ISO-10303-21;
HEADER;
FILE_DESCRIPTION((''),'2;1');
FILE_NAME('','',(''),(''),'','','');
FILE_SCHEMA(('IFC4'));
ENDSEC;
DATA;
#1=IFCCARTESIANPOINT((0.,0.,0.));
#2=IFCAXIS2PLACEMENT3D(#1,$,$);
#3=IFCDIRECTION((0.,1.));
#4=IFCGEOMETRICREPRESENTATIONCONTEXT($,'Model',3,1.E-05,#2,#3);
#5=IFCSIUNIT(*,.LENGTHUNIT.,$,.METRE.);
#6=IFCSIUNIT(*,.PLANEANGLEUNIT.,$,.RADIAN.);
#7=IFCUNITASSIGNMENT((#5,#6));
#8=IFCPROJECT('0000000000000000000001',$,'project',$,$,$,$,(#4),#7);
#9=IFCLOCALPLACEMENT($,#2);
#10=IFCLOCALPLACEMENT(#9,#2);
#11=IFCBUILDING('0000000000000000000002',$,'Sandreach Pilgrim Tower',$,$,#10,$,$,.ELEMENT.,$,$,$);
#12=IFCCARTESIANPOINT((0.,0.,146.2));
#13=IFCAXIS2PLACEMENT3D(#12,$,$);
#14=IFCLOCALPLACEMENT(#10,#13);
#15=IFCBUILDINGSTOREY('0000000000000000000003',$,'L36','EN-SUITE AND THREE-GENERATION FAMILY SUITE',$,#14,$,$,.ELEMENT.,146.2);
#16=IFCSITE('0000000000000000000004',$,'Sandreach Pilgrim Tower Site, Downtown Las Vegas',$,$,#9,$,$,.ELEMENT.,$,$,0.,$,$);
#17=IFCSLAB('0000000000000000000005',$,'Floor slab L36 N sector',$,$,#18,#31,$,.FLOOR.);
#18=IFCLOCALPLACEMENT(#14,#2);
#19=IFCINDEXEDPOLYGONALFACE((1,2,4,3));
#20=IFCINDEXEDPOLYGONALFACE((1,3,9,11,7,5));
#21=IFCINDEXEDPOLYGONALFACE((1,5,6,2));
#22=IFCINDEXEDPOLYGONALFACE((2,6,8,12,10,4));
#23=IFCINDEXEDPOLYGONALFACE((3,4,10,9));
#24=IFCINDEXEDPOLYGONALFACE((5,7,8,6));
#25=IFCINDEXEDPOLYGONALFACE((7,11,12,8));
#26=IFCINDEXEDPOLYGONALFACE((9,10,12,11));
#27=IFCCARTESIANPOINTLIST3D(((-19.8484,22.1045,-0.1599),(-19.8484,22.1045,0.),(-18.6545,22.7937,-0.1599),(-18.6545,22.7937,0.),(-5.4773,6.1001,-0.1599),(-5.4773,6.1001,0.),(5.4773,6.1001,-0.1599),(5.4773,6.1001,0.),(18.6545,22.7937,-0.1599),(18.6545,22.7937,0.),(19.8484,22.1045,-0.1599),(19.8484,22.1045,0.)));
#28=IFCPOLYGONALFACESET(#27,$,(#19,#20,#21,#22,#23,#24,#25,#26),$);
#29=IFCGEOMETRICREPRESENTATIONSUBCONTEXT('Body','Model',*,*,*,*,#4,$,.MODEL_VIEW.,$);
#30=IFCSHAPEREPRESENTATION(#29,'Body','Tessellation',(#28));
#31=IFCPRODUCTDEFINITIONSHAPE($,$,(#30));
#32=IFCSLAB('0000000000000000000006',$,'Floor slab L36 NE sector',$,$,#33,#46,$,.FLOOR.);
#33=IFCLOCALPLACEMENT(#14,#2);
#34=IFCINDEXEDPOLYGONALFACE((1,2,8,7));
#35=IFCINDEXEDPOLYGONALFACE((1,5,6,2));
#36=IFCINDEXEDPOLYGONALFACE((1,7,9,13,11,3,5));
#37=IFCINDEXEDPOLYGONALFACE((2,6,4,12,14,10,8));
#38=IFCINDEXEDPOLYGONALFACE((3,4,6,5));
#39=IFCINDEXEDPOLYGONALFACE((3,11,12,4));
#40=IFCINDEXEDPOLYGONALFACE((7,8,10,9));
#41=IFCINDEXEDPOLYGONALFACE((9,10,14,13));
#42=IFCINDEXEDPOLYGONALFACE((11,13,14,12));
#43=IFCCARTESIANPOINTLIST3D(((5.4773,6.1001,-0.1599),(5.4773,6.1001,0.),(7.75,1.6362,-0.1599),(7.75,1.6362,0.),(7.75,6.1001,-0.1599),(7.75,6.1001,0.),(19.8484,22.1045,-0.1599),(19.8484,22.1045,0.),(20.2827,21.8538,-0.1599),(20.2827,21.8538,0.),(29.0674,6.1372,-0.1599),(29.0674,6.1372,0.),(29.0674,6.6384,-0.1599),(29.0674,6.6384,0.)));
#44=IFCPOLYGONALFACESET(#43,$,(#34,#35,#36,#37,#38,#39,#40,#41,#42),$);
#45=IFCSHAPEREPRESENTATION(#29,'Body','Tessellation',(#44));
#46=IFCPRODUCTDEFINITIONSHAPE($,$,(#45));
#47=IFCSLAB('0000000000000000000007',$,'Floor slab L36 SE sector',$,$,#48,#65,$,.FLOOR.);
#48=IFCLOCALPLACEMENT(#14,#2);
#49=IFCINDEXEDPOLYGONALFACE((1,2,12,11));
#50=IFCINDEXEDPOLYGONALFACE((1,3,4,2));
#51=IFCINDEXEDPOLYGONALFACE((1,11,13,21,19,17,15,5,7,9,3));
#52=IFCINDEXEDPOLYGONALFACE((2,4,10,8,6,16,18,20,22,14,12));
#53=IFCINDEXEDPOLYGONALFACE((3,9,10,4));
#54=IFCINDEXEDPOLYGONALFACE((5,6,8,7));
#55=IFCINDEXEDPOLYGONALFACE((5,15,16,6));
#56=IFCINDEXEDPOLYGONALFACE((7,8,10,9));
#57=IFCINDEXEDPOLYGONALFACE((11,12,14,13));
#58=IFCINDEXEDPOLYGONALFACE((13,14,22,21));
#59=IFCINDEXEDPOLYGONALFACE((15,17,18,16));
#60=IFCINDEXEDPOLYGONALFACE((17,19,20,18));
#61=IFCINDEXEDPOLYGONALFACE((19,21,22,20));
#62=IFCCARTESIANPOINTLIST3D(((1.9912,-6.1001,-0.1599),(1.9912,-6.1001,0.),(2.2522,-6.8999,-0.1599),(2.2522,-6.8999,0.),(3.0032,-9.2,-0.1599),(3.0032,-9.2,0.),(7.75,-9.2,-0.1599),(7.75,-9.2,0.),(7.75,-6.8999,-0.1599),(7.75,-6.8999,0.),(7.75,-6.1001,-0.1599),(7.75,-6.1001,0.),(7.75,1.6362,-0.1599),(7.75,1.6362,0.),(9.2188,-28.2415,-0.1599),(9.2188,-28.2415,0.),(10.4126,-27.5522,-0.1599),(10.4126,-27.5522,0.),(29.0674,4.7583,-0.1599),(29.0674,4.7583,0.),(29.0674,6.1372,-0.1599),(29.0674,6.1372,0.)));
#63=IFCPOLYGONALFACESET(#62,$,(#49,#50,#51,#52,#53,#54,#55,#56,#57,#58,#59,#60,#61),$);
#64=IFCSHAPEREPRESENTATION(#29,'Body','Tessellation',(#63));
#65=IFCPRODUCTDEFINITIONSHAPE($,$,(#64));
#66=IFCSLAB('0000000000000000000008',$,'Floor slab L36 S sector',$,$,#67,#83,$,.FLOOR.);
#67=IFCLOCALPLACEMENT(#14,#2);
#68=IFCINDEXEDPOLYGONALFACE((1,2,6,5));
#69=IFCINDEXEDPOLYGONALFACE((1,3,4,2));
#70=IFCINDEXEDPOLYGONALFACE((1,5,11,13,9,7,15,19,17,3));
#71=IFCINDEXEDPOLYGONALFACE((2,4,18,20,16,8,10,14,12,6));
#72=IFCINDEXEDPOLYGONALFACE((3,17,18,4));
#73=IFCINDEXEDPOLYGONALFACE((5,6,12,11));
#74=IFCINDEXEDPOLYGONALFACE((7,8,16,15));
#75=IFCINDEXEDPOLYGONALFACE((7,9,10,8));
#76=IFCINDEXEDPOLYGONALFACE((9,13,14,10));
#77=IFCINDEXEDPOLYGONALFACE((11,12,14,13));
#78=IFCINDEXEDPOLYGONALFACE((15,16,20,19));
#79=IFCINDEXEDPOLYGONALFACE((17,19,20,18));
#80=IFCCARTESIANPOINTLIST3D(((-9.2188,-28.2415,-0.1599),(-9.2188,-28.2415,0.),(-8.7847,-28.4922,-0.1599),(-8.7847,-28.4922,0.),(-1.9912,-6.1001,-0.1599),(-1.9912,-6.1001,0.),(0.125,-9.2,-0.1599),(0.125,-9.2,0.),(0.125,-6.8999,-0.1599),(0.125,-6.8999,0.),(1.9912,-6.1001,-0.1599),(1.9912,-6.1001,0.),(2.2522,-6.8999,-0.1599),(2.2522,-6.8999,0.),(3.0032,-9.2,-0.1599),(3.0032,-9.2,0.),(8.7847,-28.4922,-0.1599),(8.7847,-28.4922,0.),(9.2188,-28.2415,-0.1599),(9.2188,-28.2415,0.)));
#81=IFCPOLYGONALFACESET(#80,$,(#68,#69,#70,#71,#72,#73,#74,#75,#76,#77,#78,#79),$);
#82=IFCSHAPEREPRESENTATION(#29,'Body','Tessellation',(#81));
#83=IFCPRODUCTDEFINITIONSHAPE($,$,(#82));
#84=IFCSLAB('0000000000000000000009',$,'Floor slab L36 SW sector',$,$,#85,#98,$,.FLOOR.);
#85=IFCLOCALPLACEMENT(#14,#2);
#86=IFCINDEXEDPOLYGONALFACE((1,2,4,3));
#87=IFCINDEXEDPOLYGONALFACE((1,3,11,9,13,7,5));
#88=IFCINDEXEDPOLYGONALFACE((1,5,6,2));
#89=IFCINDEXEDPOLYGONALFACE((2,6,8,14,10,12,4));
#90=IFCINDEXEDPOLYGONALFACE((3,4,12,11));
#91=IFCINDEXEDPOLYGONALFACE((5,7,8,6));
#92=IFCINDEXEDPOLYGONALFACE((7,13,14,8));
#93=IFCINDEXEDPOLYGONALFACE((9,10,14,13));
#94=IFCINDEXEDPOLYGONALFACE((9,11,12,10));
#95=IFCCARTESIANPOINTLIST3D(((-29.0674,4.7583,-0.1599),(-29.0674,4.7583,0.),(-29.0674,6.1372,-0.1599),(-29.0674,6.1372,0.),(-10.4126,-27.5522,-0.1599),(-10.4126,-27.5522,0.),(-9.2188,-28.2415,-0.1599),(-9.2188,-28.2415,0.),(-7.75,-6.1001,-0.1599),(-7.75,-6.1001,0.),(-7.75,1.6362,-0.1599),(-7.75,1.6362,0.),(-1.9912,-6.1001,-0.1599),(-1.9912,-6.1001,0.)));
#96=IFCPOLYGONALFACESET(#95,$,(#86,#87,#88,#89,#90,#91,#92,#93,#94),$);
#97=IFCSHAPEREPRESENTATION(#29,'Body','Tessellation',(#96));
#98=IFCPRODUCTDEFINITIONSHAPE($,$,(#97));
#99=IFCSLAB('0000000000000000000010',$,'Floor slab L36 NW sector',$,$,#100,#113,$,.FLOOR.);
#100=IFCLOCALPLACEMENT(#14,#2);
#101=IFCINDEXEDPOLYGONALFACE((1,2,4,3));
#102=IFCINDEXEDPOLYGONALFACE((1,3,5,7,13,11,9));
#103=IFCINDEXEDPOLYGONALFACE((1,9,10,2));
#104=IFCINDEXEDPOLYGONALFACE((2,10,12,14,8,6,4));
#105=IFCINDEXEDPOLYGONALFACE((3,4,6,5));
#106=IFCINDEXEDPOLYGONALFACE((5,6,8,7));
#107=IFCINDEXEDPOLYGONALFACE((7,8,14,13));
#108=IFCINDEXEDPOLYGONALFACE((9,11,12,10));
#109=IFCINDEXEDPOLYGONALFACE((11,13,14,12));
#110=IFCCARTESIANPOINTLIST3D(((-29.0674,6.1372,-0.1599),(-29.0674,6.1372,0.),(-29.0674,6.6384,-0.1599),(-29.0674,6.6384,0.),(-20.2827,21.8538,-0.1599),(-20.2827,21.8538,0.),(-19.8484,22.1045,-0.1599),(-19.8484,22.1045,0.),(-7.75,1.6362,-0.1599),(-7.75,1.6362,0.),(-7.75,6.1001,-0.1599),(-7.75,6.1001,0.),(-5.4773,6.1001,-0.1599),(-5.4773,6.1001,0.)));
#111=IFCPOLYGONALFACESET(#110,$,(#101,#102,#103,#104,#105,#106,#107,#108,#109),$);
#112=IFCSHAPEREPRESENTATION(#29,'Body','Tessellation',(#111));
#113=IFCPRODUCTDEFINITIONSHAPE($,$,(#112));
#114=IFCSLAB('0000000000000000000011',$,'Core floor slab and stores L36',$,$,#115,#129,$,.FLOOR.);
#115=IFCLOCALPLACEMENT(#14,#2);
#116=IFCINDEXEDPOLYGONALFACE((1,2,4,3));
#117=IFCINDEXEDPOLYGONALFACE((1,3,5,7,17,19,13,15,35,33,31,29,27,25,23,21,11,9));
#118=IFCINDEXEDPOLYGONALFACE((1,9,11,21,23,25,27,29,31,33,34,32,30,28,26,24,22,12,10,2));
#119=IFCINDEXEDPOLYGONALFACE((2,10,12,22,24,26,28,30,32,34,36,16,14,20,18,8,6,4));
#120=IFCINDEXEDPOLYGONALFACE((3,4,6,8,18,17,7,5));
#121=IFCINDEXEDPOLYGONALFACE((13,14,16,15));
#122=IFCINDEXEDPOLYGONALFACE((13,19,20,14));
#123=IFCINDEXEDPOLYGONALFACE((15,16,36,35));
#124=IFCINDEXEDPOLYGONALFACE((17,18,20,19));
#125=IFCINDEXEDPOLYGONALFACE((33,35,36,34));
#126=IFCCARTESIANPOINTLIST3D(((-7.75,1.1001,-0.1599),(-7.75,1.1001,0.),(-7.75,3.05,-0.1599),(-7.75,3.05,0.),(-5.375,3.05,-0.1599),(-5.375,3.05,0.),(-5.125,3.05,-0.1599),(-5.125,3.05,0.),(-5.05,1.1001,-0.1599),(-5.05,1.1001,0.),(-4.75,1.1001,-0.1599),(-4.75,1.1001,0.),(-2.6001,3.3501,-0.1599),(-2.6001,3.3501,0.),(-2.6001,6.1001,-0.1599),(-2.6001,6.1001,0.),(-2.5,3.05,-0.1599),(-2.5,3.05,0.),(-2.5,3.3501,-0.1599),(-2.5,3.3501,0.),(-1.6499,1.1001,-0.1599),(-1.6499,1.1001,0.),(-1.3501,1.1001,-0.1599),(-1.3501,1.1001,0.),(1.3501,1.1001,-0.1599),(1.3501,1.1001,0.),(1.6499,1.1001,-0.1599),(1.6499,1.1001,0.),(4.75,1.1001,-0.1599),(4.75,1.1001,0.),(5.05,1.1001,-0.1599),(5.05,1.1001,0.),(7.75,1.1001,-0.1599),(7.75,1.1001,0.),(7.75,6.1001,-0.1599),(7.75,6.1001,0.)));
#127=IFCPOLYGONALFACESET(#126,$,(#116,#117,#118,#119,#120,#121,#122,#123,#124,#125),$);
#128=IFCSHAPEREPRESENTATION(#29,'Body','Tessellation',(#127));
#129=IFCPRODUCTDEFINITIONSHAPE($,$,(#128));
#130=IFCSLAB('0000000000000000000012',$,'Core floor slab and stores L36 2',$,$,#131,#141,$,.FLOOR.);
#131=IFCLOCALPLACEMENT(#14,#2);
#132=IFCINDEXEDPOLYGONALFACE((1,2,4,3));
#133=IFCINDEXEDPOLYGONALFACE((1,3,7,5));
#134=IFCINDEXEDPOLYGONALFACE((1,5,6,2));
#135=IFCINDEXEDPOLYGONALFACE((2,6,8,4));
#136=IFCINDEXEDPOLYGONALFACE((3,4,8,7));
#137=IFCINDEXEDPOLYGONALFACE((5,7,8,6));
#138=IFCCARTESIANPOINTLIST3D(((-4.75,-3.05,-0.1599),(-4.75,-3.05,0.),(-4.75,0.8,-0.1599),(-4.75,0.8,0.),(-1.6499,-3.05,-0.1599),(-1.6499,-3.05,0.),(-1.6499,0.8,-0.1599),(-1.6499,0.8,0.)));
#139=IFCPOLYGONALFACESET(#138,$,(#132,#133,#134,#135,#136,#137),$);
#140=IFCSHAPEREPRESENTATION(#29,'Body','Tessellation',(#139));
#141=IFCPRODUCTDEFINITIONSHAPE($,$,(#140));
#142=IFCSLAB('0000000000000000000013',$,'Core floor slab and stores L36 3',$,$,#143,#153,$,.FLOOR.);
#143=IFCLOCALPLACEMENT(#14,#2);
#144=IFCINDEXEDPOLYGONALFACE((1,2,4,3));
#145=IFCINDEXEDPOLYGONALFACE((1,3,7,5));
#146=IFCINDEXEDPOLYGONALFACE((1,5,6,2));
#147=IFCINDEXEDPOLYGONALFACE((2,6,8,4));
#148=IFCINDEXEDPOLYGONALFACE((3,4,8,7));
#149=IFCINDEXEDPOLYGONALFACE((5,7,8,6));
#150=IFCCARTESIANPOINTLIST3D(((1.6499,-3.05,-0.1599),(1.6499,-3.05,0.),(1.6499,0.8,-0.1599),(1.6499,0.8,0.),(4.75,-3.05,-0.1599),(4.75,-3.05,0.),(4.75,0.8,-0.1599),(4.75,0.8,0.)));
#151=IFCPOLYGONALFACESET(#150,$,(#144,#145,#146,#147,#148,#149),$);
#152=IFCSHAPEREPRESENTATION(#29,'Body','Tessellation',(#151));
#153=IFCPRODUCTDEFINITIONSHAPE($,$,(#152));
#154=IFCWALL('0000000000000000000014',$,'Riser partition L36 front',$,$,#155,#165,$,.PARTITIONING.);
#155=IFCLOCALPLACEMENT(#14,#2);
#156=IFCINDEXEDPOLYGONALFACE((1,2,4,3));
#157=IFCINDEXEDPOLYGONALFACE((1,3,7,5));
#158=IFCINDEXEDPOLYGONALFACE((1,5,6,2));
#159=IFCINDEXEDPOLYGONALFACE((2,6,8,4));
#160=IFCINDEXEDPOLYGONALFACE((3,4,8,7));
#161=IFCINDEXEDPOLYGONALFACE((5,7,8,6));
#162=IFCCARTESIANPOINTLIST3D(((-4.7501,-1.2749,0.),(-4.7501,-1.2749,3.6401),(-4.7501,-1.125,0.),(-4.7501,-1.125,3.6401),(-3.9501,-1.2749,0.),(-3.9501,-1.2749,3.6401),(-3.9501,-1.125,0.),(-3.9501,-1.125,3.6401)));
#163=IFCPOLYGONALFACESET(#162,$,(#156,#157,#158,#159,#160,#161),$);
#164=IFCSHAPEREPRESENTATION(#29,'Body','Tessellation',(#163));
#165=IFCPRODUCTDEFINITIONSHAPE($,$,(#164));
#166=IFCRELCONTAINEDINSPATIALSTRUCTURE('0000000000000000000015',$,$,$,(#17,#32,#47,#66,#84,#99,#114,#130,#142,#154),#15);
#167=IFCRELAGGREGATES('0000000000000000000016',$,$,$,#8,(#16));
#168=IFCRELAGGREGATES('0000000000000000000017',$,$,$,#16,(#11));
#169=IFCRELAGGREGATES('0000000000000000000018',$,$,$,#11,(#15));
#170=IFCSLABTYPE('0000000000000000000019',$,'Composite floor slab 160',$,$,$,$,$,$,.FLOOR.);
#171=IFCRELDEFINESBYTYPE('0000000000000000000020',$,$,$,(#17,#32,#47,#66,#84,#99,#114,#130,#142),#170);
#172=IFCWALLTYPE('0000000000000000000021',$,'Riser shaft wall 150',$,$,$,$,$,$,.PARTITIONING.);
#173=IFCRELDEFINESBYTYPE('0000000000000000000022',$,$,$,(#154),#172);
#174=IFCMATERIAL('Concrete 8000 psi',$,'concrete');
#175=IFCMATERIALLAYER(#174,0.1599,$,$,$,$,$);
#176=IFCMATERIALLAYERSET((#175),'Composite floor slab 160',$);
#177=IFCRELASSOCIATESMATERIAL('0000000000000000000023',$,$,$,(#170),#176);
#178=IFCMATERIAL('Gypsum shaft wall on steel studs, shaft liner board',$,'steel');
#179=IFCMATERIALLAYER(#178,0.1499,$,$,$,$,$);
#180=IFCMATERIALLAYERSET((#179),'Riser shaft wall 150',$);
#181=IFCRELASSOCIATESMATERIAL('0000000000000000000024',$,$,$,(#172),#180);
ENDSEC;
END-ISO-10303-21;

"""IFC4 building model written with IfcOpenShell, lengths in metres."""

from ifc_helpers import new_model, si_unit, direction, frame, frame_2d, origin, place, context, subcontext, project, spatial, polyline, rectangle, outline, extrude, material, layer, layer_set, type_object, element, save


model = new_model("IFC4")

# Units and contexts
model_context = context("Model", 3, precision=1e-05, world=origin(), true_north=direction((0.0, 1.0)))
body_context = subcontext(model_context, "Body", "Model", "MODEL_VIEW")
ifc_project = project(units=[si_unit("LENGTHUNIT", "METRE"), si_unit("PLANEANGLEUNIT", "RADIAN")], contexts=[model_context])

# Site, building, storey
site_placement = place(None, origin())
site = spatial("IfcSite", under=ifc_project, at=site_placement, Name="Sandreach Pilgrim Tower Site, Downtown Las Vegas", CompositionType="ELEMENT", RefElevation=0.0)
building_placement = place(site_placement, origin())
building = spatial("IfcBuilding", under=site, at=building_placement, Name="Sandreach Pilgrim Tower", CompositionType="ELEMENT")
storey_placement = place(building_placement, frame((0.0, 0.0, 146.2)))
storey = spatial("IfcBuildingStorey", under=building, at=storey_placement, Name="L36", Description="EN-SUITE AND THREE-GENERATION FAMILY SUITE", CompositionType="ELEMENT", Elevation=146.2)

# Slabs
ifc_material_1 = material(Name="Concrete 8000 psi", Category="concrete")
ifc_layer_1 = layer(ifc_material_1, 0.1599)
ifc_layer_set_1 = layer_set([ifc_layer_1], Name="Composite floor slab 160")
slab_type = type_object("IfcSlabType", Name="Composite floor slab 160", PredefinedType="FLOOR", material=ifc_layer_set_1)
slab_1_placement = place(storey_placement, frame((0.0, 0.0, -0.1599)))
element("IfcSlab", 1, at=slab_1_placement, inside=storey, type_object=slab_type, Name="Floor slab L36 N sector", PredefinedType="FLOOR", context=body_context, shape_type="SweptSolid", body=[
    extrude(outline(polyline([(-18.6545, 22.7937), (18.6545, 22.7937), (19.8484, 22.1045), (5.4773, 6.1001), (-5.4773, 6.1001), (-19.8484, 22.1045), (-18.6545, 22.7937)])), origin(), (0.0, 0.0, 1.0), 0.1599),
])
slab_2_placement = place(storey_placement, frame((0.0, 0.0, -0.1599)))
element("IfcSlab", 2, at=slab_2_placement, inside=storey, type_object=slab_type, Name="Floor slab L36 NE sector", PredefinedType="FLOOR", context=body_context, shape_type="SweptSolid", body=[
    extrude(outline(polyline([(20.2827, 21.8538), (29.0674, 6.6384), (29.0674, 6.1372), (7.75, 1.6362), (7.75, 6.1001), (5.4773, 6.1001), (19.8484, 22.1045), (20.2827, 21.8538)])), origin(), (0.0, 0.0, 1.0), 0.1599),
])
slab_3_placement = place(storey_placement, frame((0.0, 0.0, -0.1599)))
element("IfcSlab", 3, at=slab_3_placement, inside=storey, type_object=slab_type, Name="Floor slab L36 SE sector", PredefinedType="FLOOR", context=body_context, shape_type="SweptSolid", body=[
    extrude(outline(polyline([(29.0674, 4.7583), (10.4126, -27.5522), (9.2188, -28.2415), (3.0032, -9.2), (7.75, -9.2), (7.75, -6.8999), (2.2522, -6.8999), (1.9912, -6.1001), (7.75, -6.1001), (7.75, 1.6362), (29.0674, 6.1372), (29.0674, 4.7583)])), origin(), (0.0, 0.0, 1.0), 0.1599),
])
slab_4_placement = place(storey_placement, frame((0.0, 0.0, -0.1599)))
element("IfcSlab", 4, at=slab_4_placement, inside=storey, type_object=slab_type, Name="Floor slab L36 S sector", PredefinedType="FLOOR", context=body_context, shape_type="SweptSolid", body=[
    extrude(outline(polyline([(8.7847, -28.4922), (-8.7847, -28.4922), (-9.2188, -28.2415), (-1.9912, -6.1001), (1.9912, -6.1001), (2.2522, -6.8999), (0.125, -6.8999), (0.125, -9.2), (3.0032, -9.2), (9.2188, -28.2415), (8.7847, -28.4922)])), origin(), (0.0, 0.0, 1.0), 0.1599),
])
slab_5_placement = place(storey_placement, frame((0.0, 0.0, -0.1599)))
element("IfcSlab", 5, at=slab_5_placement, inside=storey, type_object=slab_type, Name="Floor slab L36 SW sector", PredefinedType="FLOOR", context=body_context, shape_type="SweptSolid", body=[
    extrude(outline(polyline([(-10.4126, -27.5522), (-29.0674, 4.7583), (-29.0674, 6.1372), (-7.75, 1.6362), (-7.75, -6.1001), (-1.9912, -6.1001), (-9.2188, -28.2415), (-10.4126, -27.5522)])), origin(), (0.0, 0.0, 1.0), 0.1599),
])
slab_6_placement = place(storey_placement, frame((0.0, 0.0, -0.1599)))
element("IfcSlab", 6, at=slab_6_placement, inside=storey, type_object=slab_type, Name="Floor slab L36 NW sector", PredefinedType="FLOOR", context=body_context, shape_type="SweptSolid", body=[
    extrude(outline(polyline([(-29.0674, 6.6384), (-20.2827, 21.8538), (-19.8484, 22.1045), (-5.4773, 6.1001), (-7.75, 6.1001), (-7.75, 1.6362), (-29.0674, 6.1372), (-29.0674, 6.6384)])), origin(), (0.0, 0.0, 1.0), 0.1599),
])
slab_7_placement = place(storey_placement, frame((0.0, 0.0, -0.1599)))
element("IfcSlab", 7, at=slab_7_placement, inside=storey, type_object=slab_type, Name="Core floor slab and stores L36", PredefinedType="FLOOR", context=body_context, shape_type="SweptSolid", body=[
    extrude(outline(polyline([(-7.75, 3.05), (-5.375, 3.05), (-5.125, 3.05), (-2.5, 3.05), (-2.5, 3.3501), (-2.6001, 3.3501), (-2.6001, 6.1001), (7.75, 6.1001), (7.75, 1.1001), (5.05, 1.1001), (4.75, 1.1001), (1.6499, 1.1001), (1.3501, 1.1001), (-1.3501, 1.1001), (-1.6499, 1.1001), (-4.75, 1.1001), (-5.05, 1.1001), (-7.75, 1.1001), (-7.75, 3.05)])), origin(), (0.0, 0.0, 1.0), 0.1599),
])
slab_8_placement = place(storey_placement, frame((0.0, 0.0, -0.1599)))
element("IfcSlab", 8, at=slab_8_placement, inside=storey, type_object=slab_type, Name="Core floor slab and stores L36 2", PredefinedType="FLOOR", context=body_context, shape_type="SweptSolid", body=[
    extrude(outline(polyline([(-1.6499, -3.05), (-4.75, -3.05), (-4.75, 0.8), (-1.6499, 0.8), (-1.6499, -3.05)])), origin(), (0.0, 0.0, 1.0), 0.1599),
])
slab_9_placement = place(storey_placement, frame((0.0, 0.0, -0.1599)))
element("IfcSlab", 9, at=slab_9_placement, inside=storey, type_object=slab_type, Name="Core floor slab and stores L36 3", PredefinedType="FLOOR", context=body_context, shape_type="SweptSolid", body=[
    extrude(outline(polyline([(4.75, -3.05), (1.6499, -3.05), (1.6499, 0.8), (4.75, 0.8), (4.75, -3.05)])), origin(), (0.0, 0.0, 1.0), 0.1599),
])

# Wall
ifc_material_2 = material(Name="Gypsum shaft wall on steel studs, shaft liner board", Category="steel")
ifc_layer_2 = layer(ifc_material_2, 0.1499)
ifc_layer_set_2 = layer_set([ifc_layer_2], Name="Riser shaft wall 150")
wall_type = type_object("IfcWallType", Name="Riser shaft wall 150", PredefinedType="PARTITIONING", material=ifc_layer_set_2)
wall_placement = place(storey_placement, frame((-4.75, -1.2, 0.0), z_axis=(0.0, 0.0, 1.0), x_axis=(1.0, 0.0, 0.0)))
element("IfcWall", 10, at=wall_placement, inside=storey, type_object=wall_type, Name="Riser partition L36 front", PredefinedType="PARTITIONING", context=body_context, shape_type="SweptSolid", body=[
    extrude(rectangle(XDim=0.8, YDim=0.1499, at=frame_2d((0.3999, 0.0))), origin(), (0.0, 0.0, 1.0), 3.6401),
])

save(model, "model.ifc")
